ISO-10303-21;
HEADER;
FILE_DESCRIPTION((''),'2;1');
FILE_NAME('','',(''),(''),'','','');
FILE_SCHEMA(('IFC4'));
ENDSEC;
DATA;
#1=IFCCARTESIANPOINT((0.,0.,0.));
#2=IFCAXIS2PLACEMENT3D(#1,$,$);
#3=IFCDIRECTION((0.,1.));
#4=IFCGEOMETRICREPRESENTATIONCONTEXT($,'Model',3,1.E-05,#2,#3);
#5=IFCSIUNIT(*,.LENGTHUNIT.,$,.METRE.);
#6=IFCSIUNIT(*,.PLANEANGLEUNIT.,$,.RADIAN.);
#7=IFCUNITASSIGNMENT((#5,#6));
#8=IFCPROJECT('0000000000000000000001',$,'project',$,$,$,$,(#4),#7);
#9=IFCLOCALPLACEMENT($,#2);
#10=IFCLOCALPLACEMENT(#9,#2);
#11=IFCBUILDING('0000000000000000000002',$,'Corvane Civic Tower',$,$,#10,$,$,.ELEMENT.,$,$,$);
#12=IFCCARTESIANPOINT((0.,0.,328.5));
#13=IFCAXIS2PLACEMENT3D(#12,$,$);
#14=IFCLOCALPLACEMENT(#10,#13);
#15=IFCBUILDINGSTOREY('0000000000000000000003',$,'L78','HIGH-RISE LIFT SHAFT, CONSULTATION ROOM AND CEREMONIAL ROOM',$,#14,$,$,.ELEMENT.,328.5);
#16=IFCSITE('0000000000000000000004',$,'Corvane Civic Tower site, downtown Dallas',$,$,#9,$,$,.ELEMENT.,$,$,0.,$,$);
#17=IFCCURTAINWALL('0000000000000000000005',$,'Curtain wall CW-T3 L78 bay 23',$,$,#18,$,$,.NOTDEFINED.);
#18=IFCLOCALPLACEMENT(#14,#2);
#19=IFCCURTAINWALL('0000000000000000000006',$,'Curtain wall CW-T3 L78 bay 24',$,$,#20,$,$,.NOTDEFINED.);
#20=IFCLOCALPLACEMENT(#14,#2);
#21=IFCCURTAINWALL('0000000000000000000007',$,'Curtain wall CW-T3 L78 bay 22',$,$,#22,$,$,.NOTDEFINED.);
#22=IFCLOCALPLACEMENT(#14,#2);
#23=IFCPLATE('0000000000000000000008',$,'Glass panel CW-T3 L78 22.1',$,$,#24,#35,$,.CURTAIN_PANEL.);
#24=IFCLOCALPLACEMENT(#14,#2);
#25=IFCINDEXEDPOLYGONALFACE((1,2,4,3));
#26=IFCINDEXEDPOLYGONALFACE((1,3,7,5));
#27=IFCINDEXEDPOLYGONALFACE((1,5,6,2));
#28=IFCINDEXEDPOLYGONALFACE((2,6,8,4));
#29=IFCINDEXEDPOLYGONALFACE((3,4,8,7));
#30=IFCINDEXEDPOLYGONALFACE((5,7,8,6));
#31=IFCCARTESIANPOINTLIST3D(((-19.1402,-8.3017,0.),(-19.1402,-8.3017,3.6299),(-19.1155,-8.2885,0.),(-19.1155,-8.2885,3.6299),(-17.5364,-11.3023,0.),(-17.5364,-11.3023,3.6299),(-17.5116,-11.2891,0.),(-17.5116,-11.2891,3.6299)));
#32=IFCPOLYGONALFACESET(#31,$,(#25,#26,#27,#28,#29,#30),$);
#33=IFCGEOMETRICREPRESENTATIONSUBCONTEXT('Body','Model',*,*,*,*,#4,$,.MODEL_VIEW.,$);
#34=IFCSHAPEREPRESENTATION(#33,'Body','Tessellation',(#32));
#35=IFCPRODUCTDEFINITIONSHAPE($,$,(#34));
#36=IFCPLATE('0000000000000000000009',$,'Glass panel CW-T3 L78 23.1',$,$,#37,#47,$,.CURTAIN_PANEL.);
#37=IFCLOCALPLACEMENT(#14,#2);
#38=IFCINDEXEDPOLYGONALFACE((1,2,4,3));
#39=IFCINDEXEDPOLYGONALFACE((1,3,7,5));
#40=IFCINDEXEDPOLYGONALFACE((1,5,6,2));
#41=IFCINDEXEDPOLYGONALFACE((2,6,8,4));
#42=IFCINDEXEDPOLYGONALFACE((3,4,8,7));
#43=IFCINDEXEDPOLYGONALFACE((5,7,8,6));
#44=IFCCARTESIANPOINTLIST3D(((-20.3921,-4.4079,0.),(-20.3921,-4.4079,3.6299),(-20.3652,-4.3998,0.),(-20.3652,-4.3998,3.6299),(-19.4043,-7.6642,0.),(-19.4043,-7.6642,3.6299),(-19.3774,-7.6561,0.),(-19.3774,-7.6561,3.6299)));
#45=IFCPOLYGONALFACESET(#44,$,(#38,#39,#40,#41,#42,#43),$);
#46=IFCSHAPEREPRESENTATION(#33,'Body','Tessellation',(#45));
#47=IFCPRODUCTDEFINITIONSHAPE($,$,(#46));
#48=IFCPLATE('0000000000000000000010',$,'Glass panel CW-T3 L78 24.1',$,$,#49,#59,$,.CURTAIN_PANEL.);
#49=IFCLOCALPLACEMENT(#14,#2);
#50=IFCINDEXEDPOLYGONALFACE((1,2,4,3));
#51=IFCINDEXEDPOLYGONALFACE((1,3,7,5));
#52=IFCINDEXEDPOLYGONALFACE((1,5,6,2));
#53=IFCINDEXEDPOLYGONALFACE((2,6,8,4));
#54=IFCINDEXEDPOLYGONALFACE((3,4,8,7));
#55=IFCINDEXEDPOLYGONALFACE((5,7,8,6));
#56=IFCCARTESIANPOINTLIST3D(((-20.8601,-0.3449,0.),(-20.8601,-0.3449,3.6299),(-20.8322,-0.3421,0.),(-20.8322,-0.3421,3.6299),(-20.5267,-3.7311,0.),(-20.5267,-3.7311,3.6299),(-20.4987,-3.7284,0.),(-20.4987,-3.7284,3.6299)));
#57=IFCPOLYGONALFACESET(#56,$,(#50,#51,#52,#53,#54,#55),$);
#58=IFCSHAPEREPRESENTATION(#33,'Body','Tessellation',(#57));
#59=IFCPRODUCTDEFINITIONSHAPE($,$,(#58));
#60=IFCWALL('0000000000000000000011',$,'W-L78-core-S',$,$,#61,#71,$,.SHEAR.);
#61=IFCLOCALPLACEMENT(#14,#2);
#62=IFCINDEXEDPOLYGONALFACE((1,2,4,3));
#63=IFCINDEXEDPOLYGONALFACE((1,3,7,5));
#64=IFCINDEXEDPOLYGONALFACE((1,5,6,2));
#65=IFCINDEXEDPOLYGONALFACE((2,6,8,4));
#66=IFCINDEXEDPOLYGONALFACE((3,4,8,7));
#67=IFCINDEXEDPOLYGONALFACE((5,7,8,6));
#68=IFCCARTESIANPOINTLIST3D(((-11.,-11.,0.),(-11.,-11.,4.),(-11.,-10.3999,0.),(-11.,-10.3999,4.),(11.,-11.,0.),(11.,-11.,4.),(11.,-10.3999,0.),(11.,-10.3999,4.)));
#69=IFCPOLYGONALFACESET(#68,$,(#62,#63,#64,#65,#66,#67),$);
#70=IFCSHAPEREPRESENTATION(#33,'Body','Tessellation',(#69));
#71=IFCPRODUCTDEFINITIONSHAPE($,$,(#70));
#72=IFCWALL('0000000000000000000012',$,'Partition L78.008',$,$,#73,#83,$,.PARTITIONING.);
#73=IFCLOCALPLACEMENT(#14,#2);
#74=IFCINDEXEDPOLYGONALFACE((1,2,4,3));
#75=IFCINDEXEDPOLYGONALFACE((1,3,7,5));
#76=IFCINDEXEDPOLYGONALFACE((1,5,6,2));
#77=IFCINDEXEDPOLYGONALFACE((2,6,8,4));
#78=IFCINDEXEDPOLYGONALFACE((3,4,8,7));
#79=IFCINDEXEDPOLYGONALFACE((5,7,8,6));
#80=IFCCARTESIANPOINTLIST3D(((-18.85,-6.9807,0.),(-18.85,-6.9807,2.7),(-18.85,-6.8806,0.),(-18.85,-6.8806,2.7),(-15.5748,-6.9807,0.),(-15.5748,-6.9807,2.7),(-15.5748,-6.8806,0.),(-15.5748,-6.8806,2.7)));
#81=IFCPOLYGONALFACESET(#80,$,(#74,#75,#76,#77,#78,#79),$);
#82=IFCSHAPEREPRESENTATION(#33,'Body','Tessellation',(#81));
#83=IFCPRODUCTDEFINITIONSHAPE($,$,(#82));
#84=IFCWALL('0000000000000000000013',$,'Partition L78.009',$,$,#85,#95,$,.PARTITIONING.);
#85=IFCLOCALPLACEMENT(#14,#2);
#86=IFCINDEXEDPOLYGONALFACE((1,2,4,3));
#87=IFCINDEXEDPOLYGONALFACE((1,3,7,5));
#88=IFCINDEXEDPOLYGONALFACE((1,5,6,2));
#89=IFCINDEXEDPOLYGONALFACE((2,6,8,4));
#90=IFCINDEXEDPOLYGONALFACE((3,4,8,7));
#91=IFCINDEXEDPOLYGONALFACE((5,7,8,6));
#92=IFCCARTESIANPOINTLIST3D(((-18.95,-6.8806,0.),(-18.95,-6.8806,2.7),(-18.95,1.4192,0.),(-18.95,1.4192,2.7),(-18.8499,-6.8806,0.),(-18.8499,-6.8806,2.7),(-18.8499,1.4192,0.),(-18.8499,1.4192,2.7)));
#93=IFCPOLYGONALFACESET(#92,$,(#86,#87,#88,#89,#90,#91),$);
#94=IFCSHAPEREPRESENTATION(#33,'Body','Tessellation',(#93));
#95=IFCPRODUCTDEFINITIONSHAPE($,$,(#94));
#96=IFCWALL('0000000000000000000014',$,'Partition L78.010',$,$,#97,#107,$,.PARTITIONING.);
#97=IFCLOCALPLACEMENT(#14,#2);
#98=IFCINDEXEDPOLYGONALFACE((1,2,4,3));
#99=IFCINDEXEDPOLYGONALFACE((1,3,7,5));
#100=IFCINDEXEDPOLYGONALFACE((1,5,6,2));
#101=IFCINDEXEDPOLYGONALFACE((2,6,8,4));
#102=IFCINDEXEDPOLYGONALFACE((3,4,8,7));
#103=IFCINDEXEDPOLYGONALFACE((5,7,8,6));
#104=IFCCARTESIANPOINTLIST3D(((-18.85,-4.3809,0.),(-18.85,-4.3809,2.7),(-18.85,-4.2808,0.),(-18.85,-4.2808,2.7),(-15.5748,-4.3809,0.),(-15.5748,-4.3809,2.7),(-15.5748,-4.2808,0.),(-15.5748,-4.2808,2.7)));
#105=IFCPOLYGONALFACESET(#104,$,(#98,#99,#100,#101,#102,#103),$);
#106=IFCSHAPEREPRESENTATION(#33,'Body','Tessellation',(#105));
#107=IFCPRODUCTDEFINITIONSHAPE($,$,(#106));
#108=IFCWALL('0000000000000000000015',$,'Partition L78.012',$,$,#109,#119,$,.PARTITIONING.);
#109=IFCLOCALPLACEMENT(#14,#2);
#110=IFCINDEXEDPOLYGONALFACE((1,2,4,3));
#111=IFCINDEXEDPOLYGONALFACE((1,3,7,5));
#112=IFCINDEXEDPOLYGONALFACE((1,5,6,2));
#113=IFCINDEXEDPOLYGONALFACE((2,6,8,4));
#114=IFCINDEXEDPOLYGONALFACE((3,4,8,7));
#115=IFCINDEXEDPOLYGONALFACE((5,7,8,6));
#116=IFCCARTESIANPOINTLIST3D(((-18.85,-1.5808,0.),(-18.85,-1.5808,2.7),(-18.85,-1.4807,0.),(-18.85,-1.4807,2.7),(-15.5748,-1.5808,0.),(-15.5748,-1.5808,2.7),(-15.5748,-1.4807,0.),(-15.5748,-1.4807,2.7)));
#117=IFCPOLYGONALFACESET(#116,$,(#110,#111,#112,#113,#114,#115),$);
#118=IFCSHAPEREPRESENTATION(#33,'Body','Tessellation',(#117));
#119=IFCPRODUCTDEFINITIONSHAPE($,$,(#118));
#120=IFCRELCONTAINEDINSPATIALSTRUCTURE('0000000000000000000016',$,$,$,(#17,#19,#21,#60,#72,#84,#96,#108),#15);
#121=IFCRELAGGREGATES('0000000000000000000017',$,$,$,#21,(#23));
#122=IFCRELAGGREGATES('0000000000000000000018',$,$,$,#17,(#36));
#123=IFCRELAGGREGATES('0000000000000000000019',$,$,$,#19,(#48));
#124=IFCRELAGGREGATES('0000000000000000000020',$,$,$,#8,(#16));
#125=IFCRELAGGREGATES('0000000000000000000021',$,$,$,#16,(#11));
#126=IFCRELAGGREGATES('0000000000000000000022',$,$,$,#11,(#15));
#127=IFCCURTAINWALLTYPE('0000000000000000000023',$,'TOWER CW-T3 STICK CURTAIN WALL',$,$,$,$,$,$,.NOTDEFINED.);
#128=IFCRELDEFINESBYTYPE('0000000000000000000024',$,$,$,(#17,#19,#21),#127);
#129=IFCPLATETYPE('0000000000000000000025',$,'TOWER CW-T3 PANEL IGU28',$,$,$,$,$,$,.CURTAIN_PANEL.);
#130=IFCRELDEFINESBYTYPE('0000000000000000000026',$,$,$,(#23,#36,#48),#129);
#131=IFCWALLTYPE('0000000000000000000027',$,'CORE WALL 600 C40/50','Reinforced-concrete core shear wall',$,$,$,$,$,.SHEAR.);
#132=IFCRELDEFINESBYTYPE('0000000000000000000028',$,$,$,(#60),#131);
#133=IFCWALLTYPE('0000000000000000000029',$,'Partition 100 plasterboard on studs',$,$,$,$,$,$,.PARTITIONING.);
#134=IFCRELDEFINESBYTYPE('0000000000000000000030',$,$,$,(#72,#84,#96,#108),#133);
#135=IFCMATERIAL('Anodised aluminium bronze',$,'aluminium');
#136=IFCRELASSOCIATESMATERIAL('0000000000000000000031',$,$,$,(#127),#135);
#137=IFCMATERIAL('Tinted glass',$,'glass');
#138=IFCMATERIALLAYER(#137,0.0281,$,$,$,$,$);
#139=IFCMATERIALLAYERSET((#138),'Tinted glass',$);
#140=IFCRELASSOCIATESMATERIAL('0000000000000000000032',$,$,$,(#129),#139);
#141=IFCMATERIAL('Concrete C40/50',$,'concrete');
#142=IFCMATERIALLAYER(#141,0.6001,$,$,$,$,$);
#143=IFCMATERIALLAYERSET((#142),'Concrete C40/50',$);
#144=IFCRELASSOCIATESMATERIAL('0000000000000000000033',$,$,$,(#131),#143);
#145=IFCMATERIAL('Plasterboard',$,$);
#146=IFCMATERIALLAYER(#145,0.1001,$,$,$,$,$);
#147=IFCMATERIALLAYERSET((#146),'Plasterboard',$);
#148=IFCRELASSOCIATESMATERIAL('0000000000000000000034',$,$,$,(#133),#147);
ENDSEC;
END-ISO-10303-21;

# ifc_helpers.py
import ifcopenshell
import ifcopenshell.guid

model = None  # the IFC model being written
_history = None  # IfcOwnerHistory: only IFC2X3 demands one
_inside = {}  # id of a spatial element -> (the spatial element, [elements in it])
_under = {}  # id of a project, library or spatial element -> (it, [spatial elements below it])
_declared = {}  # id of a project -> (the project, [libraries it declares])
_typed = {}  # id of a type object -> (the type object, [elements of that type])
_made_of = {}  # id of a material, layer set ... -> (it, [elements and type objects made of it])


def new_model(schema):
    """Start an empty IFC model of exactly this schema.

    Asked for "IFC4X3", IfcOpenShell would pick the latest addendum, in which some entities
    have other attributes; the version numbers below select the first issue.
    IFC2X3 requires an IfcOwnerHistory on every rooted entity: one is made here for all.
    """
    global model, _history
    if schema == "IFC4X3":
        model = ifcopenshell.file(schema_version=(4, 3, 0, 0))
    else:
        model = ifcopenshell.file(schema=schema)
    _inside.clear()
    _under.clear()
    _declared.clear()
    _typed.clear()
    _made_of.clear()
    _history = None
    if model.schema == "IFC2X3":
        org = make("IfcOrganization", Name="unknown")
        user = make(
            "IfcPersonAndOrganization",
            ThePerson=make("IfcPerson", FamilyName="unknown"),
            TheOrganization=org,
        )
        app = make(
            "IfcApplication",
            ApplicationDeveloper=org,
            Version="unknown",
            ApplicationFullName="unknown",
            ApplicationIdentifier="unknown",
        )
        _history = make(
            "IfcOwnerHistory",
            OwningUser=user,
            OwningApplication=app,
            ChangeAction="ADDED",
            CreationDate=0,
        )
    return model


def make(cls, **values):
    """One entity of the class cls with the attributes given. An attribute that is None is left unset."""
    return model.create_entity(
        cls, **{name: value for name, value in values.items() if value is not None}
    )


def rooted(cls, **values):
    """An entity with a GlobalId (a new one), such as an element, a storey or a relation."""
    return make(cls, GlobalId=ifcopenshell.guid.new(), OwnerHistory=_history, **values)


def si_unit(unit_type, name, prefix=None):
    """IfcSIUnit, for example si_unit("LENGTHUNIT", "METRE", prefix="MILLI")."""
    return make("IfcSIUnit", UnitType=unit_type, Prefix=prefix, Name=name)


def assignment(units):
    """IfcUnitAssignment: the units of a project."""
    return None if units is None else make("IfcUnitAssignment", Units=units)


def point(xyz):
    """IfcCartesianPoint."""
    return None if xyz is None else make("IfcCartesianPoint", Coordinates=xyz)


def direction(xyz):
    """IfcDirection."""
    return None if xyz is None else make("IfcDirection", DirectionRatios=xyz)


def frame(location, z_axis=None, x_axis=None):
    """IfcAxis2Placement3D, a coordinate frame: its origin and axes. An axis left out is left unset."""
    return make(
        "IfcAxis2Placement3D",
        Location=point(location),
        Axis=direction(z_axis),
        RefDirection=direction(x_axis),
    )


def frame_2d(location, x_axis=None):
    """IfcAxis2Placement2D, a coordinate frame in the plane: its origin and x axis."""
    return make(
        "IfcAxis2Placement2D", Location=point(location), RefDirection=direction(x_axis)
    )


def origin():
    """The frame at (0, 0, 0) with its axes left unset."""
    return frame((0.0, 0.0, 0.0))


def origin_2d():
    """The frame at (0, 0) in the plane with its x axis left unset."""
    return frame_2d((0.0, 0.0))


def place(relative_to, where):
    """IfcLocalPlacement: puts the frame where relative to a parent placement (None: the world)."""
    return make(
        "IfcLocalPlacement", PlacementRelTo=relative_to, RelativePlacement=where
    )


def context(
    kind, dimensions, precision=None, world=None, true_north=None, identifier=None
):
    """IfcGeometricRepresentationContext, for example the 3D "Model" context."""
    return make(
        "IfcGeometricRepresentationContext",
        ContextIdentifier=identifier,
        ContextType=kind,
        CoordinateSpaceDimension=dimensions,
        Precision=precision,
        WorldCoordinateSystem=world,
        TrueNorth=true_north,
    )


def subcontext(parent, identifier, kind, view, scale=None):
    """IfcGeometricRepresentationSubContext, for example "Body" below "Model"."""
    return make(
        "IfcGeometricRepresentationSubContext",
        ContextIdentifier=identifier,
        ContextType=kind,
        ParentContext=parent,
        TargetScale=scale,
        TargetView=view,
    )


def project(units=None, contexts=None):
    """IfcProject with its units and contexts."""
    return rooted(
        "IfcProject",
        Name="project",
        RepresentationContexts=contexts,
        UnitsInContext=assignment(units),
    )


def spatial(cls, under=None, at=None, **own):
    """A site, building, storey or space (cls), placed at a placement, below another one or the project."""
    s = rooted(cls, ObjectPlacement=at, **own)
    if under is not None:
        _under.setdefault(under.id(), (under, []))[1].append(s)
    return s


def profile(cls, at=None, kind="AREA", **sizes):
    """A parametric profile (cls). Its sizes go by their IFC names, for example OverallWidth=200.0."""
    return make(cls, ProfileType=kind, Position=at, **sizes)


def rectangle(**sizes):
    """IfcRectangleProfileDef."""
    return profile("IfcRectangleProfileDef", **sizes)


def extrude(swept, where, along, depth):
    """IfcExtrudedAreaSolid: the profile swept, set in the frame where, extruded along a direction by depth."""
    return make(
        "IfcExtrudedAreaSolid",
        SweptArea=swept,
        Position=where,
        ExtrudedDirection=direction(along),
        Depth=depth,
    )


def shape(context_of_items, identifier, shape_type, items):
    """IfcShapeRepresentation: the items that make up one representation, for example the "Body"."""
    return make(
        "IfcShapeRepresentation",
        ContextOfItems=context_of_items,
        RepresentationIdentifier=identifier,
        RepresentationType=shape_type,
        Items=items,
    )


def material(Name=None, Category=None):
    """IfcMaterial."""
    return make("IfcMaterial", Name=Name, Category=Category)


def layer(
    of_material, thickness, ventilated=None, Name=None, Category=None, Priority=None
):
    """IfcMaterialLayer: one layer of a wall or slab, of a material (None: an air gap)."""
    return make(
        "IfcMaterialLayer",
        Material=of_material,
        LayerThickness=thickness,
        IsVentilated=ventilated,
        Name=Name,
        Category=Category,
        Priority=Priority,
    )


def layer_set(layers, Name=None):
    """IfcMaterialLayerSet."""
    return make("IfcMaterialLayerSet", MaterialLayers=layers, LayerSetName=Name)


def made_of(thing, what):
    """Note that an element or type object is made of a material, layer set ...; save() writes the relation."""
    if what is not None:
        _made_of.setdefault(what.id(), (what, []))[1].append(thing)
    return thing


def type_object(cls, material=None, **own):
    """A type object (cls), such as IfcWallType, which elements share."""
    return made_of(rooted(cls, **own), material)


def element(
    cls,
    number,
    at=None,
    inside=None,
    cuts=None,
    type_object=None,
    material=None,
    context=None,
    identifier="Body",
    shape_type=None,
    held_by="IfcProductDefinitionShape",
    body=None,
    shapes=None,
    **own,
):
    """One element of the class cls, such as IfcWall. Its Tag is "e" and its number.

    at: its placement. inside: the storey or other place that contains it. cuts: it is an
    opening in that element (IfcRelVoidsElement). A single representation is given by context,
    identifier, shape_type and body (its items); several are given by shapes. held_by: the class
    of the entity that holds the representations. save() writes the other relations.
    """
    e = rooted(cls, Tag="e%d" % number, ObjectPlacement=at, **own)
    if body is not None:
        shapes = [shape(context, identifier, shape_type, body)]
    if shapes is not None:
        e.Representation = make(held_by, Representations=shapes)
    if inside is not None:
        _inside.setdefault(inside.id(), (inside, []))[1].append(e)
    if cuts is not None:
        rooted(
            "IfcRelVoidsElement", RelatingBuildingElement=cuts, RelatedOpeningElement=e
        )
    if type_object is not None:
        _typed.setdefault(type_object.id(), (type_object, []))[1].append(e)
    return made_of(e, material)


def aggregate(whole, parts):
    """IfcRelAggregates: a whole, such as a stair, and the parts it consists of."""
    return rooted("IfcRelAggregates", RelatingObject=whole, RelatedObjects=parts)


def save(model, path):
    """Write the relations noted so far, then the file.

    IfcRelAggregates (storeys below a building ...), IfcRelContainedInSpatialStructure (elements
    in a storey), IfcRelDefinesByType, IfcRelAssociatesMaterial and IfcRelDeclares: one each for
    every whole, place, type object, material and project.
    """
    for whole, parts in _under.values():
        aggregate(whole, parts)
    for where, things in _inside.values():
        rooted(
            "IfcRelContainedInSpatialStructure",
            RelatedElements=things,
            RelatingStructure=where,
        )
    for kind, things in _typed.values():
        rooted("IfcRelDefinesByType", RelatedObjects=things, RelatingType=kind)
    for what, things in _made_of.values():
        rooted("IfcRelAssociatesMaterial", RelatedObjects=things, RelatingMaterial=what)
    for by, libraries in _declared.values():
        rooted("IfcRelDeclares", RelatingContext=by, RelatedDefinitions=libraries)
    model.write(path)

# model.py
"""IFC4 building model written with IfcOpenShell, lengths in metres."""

from ifc_helpers import new_model, si_unit, direction, frame, frame_2d, origin, origin_2d, place, context, subcontext, project, spatial, rectangle, extrude, material, layer, layer_set, type_object, element, aggregate, save


model = new_model("IFC4")

# Units and contexts
model_context = context("Model", 3, precision=1e-05, world=origin(), true_north=direction((0.0, 1.0)))
body_context = subcontext(model_context, "Body", "Model", "MODEL_VIEW")
ifc_project = project(units=[si_unit("LENGTHUNIT", "METRE"), si_unit("PLANEANGLEUNIT", "RADIAN")], contexts=[model_context])

# Site, building, storey
site_placement = place(None, origin())
site = spatial("IfcSite", under=ifc_project, at=site_placement, Name="Corvane Civic Tower site, downtown Dallas", CompositionType="ELEMENT", RefElevation=0.0)
building_placement = place(site_placement, origin())
building = spatial("IfcBuilding", under=site, at=building_placement, Name="Corvane Civic Tower", CompositionType="ELEMENT")
storey_placement = place(building_placement, frame((0.0, 0.0, 328.5)))
storey = spatial("IfcBuildingStorey", under=building, at=storey_placement, Name="L78", Description="HIGH-RISE LIFT SHAFT, CONSULTATION ROOM AND CEREMONIAL ROOM", CompositionType="ELEMENT", Elevation=328.5)

# Curtain walls
ifc_material_1 = material(Name="Anodised aluminium bronze", Category="aluminium")
curtain_wall_type = type_object("IfcCurtainWallType", Name="TOWER CW-T3 STICK CURTAIN WALL", PredefinedType="NOTDEFINED", material=ifc_material_1)
curtain_wall_1_placement = place(storey_placement, origin())
curtain_wall_1 = element("IfcCurtainWall", 1, at=curtain_wall_1_placement, inside=storey, type_object=curtain_wall_type, Name="Curtain wall CW-T3 L78 bay 23", PredefinedType="NOTDEFINED")
curtain_wall_2_placement = place(storey_placement, origin())
curtain_wall_2 = element("IfcCurtainWall", 2, at=curtain_wall_2_placement, inside=storey, type_object=curtain_wall_type, Name="Curtain wall CW-T3 L78 bay 24", PredefinedType="NOTDEFINED")

# Curtain wall, plate
curtain_wall_3_placement = place(storey_placement, origin())
curtain_wall_3 = element("IfcCurtainWall", 3, at=curtain_wall_3_placement, inside=storey, type_object=curtain_wall_type, Name="Curtain wall CW-T3 L78 bay 22", PredefinedType="NOTDEFINED")
ifc_material_2 = material(Name="Tinted glass", Category="glass")
ifc_layer_1 = layer(ifc_material_2, 0.0281)
ifc_layer_set_1 = layer_set([ifc_layer_1], Name="Tinted glass")
plate_type = type_object("IfcPlateType", Name="TOWER CW-T3 PANEL IGU28", PredefinedType="CURTAIN_PANEL", material=ifc_layer_set_1)
plate_1_placement = place(storey_placement, frame((-18.3259, -9.7954, 0.0), z_axis=(0.0, 0.0, 1.0), x_axis=(-0.471384, 0.881928, 0.0)))
plate_1 = element("IfcPlate", 4, at=plate_1_placement, type_object=plate_type, Name="Glass panel CW-T3 L78 22.1", PredefinedType="CURTAIN_PANEL", context=body_context, shape_type="SweptSolid", body=[
    extrude(rectangle(XDim=3.4023, YDim=0.0281, at=origin_2d()), origin(), (0.0, 0.0, 1.0), 3.6299),
])
aggregate(curtain_wall_3, [plate_1])

# Plates
plate_2_placement = place(storey_placement, frame((-19.8848, -6.032, 0.0), z_axis=(0.0, 0.0, 1.0), x_axis=(-0.29029, 0.956939, 0.0)))
plate_2 = element("IfcPlate", 5, at=plate_2_placement, type_object=plate_type, Name="Glass panel CW-T3 L78 23.1", PredefinedType="CURTAIN_PANEL", context=body_context, shape_type="SweptSolid", body=[
    extrude(rectangle(XDim=3.4028, YDim=0.0281, at=origin_2d()), origin(), (0.0, 0.0, 1.0), 3.6299),
])
aggregate(curtain_wall_1, [plate_2])
plate_3_placement = place(storey_placement, frame((-20.6794, -2.0366, 0.0), z_axis=(0.0, 0.0, 1.0), x_axis=(-0.097998, 0.995187, 0.0)))
plate_3 = element("IfcPlate", 6, at=plate_3_placement, type_object=plate_type, Name="Glass panel CW-T3 L78 24.1", PredefinedType="CURTAIN_PANEL", context=body_context, shape_type="SweptSolid", body=[
    extrude(rectangle(XDim=3.4026, YDim=0.0281, at=origin_2d()), origin(), (0.0, 0.0, 1.0), 3.6299),
])
aggregate(curtain_wall_2, [plate_3])

# Walls
ifc_material_3 = material(Name="Concrete C40/50", Category="concrete")
ifc_layer_2 = layer(ifc_material_3, 0.6001)
ifc_layer_set_2 = layer_set([ifc_layer_2], Name="Concrete C40/50")
wall_type_1 = type_object("IfcWallType", Name="CORE WALL 600 C40/50", Description="Reinforced-concrete core shear wall", PredefinedType="SHEAR", material=ifc_layer_set_2)
wall_1_placement = place(storey_placement, frame((-11.0, -10.7, 0.0), z_axis=(0.0, 0.0, 1.0), x_axis=(1.0, 0.0, 0.0)))
element("IfcWall", 7, at=wall_1_placement, inside=storey, type_object=wall_type_1, Name="W-L78-core-S", PredefinedType="SHEAR", context=body_context, shape_type="SweptSolid", body=[
    extrude(rectangle(XDim=22.0, YDim=0.6001, at=frame_2d((11.0, 0.0))), origin(), (0.0, 0.0, 1.0), 4.0),
])
ifc_material_4 = material(Name="Plasterboard")
ifc_layer_3 = layer(ifc_material_4, 0.1001)
ifc_layer_set_3 = layer_set([ifc_layer_3], Name="Plasterboard")
wall_type_2 = type_object("IfcWallType", Name="Partition 100 plasterboard on studs", PredefinedType="PARTITIONING", material=ifc_layer_set_3)
wall_2_placement = place(storey_placement, frame((-18.8501, -6.9307, 0.0), z_axis=(0.0, 0.0, 1.0), x_axis=(1.0, 0.0, 0.0)))
element("IfcWall", 8, at=wall_2_placement, inside=storey, type_object=wall_type_2, Name="Partition L78.008", PredefinedType="PARTITIONING", context=body_context, shape_type="SweptSolid", body=[
    extrude(rectangle(XDim=3.2751, YDim=0.1001, at=frame_2d((1.6377, 0.0))), origin(), (0.0, 0.0, 1.0), 2.7),
])
wall_3_placement = place(storey_placement, frame((-18.8999, -6.8806, 0.0), z_axis=(0.0, 0.0, 1.0), x_axis=(0.0, 1.0, 0.0)))
element("IfcWall", 9, at=wall_3_placement, inside=storey, type_object=wall_type_2, Name="Partition L78.009", PredefinedType="PARTITIONING", context=body_context, shape_type="SweptSolid", body=[
    extrude(rectangle(XDim=8.2998, YDim=0.1001, at=frame_2d((4.1499, 0.0))), origin(), (0.0, 0.0, 1.0), 2.7),
])
for number, where, z_axis, x_axis, name in (
    (10, (-18.8501, -4.3308, 0.0), (0.0, 0.0, 1.0), (1.0, 0.0, 0.0), "Partition L78.010"),
    (11, (-18.8501, -1.5308, 0.0), (0.0, 0.0, 1.0), (1.0, 0.0, 0.0), "Partition L78.012"),
):
    element("IfcWall", number, at=place(storey_placement, frame(where, z_axis=z_axis, x_axis=x_axis)), inside=storey, type_object=wall_type_2, Name=name, PredefinedType="PARTITIONING", context=body_context, shape_type="SweptSolid", body=[
        extrude(rectangle(XDim=3.2751, YDim=0.1001, at=frame_2d((1.6377, 0.0))), origin(), (0.0, 0.0, 1.0), 2.7),
    ])

save(model, "model.ifc")
